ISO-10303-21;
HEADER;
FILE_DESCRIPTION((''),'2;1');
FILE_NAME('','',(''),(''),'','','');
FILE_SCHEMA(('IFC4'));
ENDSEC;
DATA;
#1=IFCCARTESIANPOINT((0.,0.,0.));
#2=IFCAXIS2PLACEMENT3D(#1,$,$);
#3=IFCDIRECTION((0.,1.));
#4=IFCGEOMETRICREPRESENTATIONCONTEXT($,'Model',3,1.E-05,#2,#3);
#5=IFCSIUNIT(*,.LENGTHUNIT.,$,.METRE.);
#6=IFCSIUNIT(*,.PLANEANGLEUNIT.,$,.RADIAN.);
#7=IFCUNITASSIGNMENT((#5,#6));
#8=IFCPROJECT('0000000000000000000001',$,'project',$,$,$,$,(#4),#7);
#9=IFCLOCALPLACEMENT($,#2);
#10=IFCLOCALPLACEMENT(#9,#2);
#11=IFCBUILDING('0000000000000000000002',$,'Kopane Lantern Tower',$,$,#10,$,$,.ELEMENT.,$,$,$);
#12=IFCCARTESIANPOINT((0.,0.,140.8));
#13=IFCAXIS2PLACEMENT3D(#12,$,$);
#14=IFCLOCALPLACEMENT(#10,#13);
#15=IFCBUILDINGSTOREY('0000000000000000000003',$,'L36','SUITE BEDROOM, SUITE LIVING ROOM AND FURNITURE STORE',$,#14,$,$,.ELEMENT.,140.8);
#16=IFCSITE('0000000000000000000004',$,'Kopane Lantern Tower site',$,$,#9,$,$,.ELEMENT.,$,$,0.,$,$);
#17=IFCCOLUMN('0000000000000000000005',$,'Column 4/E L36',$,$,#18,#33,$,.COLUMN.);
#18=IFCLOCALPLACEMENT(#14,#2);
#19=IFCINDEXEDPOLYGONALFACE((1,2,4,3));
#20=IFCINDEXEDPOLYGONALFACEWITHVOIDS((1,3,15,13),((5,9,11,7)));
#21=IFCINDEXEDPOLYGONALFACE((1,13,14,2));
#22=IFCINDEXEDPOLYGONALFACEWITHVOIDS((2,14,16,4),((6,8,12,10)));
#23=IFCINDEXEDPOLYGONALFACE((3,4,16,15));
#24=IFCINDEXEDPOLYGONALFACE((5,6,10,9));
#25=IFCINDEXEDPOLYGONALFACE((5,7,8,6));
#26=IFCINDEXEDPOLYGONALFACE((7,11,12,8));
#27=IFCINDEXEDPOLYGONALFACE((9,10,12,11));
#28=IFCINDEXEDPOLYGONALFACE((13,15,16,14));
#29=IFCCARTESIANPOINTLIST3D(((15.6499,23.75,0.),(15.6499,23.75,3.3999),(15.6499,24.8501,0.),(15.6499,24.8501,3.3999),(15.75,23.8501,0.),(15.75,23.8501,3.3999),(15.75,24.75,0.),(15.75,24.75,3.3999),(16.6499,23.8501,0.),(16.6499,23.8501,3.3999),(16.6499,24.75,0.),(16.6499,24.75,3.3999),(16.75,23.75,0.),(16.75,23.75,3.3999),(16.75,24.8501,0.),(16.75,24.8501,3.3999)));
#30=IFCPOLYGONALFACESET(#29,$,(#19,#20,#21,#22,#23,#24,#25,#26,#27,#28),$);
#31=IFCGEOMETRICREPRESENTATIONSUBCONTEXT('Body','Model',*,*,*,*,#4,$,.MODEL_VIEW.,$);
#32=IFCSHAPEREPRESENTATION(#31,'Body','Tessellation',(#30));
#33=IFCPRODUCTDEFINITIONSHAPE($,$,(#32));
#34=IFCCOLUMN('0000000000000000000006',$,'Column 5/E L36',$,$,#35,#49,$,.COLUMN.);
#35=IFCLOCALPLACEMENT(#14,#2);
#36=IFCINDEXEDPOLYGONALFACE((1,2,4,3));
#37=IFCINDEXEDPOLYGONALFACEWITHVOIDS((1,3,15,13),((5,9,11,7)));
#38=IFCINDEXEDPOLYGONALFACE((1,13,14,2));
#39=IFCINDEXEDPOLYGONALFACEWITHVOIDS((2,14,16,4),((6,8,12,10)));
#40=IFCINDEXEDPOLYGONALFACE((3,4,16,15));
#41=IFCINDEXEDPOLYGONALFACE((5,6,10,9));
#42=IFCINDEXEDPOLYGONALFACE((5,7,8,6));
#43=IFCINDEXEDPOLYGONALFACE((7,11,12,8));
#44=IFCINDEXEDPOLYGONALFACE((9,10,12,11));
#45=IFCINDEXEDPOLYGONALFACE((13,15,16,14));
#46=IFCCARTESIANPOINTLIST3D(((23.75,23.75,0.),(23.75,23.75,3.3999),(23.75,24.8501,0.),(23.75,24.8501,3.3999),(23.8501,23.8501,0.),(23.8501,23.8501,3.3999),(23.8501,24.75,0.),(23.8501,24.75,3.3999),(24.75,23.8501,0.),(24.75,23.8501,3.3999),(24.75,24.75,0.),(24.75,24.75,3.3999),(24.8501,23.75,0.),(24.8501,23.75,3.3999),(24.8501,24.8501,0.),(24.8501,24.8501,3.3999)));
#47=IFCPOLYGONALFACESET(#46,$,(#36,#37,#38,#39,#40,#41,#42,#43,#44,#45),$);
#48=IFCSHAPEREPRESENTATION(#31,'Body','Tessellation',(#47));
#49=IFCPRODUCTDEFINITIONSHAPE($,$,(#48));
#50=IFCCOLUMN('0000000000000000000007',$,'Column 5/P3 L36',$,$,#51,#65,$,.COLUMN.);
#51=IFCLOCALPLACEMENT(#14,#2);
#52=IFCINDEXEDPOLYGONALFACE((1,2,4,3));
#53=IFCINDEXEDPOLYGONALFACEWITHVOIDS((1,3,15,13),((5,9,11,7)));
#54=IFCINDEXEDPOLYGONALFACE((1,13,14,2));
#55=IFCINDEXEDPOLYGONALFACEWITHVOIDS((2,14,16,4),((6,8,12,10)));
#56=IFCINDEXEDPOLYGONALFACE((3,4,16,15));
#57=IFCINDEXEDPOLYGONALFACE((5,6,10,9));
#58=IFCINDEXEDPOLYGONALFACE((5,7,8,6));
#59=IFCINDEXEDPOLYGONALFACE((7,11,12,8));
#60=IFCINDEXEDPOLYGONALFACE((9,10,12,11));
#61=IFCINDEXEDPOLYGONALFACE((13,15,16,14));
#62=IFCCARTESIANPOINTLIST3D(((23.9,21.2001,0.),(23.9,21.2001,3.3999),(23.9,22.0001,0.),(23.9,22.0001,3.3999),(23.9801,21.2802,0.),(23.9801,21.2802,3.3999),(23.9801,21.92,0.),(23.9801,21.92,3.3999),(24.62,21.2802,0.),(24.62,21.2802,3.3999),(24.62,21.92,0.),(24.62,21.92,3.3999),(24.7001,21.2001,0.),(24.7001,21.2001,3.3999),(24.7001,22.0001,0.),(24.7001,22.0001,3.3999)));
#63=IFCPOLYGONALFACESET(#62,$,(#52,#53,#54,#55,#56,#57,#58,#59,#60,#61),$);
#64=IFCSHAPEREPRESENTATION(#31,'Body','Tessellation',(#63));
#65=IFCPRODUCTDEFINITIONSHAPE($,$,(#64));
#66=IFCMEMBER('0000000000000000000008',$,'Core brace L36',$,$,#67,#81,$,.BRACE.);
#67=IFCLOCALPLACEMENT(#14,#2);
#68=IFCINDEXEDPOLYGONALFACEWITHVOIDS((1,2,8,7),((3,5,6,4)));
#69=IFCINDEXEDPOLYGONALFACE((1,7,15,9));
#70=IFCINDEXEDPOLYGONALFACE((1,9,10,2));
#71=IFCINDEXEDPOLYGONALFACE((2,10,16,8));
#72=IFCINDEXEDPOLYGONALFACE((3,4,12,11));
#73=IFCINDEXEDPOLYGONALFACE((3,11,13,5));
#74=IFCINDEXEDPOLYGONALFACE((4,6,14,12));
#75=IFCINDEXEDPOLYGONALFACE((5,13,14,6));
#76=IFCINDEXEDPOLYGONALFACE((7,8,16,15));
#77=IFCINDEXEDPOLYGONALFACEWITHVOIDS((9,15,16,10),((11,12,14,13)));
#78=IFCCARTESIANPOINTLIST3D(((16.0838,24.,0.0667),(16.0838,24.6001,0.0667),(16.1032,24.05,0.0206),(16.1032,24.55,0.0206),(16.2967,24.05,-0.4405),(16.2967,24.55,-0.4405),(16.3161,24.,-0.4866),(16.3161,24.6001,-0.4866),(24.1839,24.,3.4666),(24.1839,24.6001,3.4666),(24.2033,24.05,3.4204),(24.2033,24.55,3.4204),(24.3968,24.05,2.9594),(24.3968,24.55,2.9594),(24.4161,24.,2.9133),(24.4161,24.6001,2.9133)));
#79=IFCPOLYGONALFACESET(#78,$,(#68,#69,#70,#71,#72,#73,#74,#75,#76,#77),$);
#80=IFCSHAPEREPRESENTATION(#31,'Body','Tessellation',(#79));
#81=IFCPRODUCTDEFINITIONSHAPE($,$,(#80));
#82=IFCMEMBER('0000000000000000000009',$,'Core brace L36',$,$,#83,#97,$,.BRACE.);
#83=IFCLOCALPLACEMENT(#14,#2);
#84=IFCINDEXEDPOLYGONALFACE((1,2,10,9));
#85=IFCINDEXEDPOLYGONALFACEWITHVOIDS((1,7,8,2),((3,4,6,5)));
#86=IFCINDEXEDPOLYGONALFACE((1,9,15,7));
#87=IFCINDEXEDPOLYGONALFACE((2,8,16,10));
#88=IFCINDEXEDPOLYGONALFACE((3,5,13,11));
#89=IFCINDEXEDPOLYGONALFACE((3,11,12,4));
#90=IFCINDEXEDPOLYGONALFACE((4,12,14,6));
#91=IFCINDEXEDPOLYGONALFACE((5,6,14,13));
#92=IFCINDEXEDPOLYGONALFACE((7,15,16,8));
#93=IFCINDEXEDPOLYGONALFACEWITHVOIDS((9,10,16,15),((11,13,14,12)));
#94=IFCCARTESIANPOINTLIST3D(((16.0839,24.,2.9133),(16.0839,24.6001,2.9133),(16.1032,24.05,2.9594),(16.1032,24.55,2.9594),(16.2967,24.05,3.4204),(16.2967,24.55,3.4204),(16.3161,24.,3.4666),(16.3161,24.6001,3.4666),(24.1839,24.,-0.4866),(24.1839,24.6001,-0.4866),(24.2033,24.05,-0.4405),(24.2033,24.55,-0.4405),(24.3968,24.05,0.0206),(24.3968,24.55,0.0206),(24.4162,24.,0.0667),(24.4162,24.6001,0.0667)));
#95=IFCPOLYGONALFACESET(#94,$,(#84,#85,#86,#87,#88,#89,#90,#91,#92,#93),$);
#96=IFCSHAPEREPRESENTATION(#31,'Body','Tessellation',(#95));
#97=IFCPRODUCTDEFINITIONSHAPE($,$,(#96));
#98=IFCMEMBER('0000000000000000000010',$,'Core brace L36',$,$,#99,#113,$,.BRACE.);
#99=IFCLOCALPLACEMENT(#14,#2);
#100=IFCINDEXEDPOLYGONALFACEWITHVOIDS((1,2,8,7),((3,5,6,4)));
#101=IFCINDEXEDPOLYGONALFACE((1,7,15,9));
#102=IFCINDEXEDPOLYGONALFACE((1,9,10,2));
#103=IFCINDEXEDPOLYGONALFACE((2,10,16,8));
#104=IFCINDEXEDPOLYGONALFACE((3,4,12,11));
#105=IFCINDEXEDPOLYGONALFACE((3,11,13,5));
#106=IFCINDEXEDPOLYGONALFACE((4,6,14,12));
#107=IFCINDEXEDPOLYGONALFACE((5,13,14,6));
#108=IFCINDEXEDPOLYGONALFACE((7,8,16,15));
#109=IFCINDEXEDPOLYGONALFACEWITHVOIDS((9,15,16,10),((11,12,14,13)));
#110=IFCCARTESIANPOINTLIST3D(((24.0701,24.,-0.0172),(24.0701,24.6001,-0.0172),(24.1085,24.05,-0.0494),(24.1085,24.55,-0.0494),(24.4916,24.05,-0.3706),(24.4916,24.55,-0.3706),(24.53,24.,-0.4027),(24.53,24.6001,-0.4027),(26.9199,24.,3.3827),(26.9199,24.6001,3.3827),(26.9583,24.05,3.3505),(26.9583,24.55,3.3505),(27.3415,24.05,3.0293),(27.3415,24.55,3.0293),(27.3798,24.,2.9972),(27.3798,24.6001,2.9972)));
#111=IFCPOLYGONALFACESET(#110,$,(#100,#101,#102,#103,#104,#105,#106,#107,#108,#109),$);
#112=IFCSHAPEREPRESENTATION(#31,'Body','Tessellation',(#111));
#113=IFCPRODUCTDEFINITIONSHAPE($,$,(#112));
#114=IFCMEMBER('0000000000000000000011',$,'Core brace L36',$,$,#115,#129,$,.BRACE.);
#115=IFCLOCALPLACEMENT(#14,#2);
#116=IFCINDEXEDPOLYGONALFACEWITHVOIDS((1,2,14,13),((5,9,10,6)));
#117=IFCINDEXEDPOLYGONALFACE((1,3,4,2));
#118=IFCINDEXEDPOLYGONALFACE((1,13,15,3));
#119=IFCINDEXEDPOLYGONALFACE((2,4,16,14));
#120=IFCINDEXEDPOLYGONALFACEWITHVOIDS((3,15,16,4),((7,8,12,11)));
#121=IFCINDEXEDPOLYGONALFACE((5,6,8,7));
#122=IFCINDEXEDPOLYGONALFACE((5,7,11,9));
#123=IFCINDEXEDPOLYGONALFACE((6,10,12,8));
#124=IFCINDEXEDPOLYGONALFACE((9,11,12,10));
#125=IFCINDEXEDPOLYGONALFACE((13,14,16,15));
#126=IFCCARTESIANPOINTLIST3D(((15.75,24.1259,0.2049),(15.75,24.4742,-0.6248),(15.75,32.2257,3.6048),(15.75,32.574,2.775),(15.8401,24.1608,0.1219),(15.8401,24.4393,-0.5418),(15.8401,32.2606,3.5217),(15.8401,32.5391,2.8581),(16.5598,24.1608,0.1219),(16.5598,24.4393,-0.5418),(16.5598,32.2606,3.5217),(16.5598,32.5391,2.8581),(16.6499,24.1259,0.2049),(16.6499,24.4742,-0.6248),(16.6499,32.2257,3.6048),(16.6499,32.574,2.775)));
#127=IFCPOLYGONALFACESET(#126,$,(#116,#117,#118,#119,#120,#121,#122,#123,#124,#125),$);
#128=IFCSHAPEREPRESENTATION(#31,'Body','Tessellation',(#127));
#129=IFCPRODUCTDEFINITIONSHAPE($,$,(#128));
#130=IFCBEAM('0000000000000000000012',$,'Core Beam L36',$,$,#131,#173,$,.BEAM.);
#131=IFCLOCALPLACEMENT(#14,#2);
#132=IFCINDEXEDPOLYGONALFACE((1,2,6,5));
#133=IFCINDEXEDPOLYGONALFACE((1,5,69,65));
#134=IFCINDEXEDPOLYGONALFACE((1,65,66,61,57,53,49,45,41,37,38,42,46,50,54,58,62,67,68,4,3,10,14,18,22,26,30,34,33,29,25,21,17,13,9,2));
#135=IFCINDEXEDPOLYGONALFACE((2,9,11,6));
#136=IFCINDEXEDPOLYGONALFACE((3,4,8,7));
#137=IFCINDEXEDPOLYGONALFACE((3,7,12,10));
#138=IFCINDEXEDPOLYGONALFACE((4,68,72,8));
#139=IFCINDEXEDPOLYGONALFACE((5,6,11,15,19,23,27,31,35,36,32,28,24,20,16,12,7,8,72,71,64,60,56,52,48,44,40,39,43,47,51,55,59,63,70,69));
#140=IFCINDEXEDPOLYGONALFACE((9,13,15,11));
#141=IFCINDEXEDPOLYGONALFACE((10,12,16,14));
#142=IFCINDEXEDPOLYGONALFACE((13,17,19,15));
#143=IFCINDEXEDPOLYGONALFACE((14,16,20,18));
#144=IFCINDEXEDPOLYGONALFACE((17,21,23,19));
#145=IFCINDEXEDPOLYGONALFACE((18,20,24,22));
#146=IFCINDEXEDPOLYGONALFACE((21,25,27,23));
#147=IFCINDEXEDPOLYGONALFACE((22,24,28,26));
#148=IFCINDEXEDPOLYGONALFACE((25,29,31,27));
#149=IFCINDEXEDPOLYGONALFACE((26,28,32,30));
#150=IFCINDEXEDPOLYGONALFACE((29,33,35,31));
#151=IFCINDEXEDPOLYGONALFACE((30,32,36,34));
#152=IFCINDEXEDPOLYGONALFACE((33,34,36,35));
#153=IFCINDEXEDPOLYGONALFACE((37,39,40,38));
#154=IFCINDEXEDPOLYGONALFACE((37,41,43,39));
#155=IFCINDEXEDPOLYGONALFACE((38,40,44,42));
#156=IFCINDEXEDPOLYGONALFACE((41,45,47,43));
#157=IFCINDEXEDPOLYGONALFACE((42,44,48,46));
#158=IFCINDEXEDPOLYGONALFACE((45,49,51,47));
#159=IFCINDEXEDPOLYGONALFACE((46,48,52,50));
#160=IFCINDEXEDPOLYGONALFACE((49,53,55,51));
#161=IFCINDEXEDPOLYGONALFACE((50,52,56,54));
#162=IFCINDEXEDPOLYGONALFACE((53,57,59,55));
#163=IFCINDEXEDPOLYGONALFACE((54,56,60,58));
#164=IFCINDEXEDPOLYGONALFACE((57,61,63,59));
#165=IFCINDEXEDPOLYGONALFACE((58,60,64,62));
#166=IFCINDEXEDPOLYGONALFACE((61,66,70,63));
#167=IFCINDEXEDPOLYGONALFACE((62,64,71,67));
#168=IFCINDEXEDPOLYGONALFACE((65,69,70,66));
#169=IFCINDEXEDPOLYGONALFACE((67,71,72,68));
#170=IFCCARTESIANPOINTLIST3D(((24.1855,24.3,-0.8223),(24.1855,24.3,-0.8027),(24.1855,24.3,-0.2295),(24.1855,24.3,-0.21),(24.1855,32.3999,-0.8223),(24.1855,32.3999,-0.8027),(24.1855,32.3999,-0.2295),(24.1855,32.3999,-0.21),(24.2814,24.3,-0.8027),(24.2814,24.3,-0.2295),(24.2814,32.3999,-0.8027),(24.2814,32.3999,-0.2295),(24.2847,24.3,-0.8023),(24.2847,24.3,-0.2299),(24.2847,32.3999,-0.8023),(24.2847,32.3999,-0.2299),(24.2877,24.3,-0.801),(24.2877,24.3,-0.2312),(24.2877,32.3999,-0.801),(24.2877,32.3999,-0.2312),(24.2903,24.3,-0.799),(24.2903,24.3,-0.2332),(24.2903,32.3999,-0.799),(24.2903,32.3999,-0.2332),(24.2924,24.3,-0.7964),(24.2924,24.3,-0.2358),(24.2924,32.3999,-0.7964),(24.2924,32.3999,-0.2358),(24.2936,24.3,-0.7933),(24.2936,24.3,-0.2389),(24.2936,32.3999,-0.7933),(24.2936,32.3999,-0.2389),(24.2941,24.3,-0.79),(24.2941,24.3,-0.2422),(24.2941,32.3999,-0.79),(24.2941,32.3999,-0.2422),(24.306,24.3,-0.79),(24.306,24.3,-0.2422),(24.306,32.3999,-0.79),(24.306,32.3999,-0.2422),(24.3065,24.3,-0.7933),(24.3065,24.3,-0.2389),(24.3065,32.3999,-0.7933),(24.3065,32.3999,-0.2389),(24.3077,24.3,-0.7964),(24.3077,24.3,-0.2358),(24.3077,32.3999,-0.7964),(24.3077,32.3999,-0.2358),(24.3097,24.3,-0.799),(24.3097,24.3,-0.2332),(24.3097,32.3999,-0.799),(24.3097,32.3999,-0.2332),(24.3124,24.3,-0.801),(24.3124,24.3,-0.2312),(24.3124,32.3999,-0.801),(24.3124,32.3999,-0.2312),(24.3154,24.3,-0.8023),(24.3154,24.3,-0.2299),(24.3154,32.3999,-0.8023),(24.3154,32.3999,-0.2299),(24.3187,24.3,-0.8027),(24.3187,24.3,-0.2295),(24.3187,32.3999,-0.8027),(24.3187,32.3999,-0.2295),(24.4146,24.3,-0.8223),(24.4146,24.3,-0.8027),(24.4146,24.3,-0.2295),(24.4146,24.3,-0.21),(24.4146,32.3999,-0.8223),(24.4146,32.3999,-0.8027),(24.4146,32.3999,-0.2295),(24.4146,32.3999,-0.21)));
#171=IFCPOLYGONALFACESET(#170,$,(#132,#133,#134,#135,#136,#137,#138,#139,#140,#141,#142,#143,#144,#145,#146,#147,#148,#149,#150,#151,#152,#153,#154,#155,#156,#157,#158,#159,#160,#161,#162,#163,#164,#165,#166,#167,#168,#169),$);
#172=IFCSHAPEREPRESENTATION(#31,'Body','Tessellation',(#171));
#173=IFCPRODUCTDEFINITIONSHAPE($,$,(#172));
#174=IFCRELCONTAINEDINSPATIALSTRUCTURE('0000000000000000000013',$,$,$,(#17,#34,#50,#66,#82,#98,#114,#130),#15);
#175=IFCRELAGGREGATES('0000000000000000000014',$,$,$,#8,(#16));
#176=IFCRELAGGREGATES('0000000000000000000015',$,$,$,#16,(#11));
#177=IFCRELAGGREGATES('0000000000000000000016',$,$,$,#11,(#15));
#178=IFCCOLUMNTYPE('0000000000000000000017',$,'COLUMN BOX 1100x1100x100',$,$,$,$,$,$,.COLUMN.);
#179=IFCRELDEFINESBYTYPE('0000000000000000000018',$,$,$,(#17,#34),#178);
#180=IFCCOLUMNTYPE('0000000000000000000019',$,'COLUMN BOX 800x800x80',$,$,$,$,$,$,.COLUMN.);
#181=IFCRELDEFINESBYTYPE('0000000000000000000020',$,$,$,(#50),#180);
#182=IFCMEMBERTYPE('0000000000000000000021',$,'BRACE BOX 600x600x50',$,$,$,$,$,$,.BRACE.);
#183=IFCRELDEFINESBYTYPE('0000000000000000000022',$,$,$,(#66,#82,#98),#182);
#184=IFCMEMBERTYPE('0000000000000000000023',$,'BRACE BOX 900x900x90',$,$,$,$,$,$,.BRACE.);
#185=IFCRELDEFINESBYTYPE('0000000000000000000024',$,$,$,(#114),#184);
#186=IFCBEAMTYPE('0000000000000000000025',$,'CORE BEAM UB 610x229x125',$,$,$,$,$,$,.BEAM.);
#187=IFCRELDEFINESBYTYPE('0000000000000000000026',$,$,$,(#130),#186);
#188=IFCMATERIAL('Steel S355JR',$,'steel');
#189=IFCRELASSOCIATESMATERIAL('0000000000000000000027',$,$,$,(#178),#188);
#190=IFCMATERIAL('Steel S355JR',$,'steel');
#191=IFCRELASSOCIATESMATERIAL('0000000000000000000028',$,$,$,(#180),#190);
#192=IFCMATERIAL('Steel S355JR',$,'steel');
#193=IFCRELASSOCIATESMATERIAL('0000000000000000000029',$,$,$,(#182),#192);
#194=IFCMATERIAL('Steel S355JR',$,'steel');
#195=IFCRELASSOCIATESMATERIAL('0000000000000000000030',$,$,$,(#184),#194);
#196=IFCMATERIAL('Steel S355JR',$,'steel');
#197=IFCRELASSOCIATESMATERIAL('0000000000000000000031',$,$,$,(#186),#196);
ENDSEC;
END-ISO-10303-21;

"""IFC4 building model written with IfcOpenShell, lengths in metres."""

from ifc_helpers import new_model, si_unit, direction, frame, origin, origin_2d, place, context, subcontext, project, spatial, hollow_rectangle, i_section, extrude, material, material_profile, profile_set, type_object, element, save


model = new_model("IFC4")

# Units and contexts
model_context = context("Model", 3, precision=1e-05, world=origin(), true_north=direction((0.0, 1.0)))
body_context = subcontext(model_context, "Body", "Model", "MODEL_VIEW")
ifc_project = project(units=[si_unit("LENGTHUNIT", "METRE"), si_unit("PLANEANGLEUNIT", "RADIAN")], contexts=[model_context])

# Site, building, storey
site_placement = place(None, origin())
site = spatial("IfcSite", under=ifc_project, at=site_placement, Name="Kopane Lantern Tower site", CompositionType="ELEMENT", RefElevation=0.0)
building_placement = place(site_placement, origin())
building = spatial("IfcBuilding", under=site, at=building_placement, Name="Kopane Lantern Tower", CompositionType="ELEMENT")
storey_placement = place(building_placement, frame((0.0, 0.0, 140.8)))
storey = spatial("IfcBuildingStorey", under=building, at=storey_placement, Name="L36", Description="SUITE BEDROOM, SUITE LIVING ROOM AND FURNITURE STORE", CompositionType="ELEMENT", Elevation=140.8)

# Columns
ifc_material_1 = material(Name="Steel S355JR", Category="steel")
ifc_material_profile_1 = material_profile(ifc_material_1, hollow_rectangle(XDim=1.1001, YDim=1.1001, WallThickness=0.1001, at=origin_2d()), Name="BOX 1100x1100x100")
ifc_profile_set_1 = profile_set([ifc_material_profile_1], Name="Steel S355JR")
column_type_1 = type_object("IfcColumnType", Name="COLUMN BOX 1100x1100x100", PredefinedType="COLUMN", material=ifc_profile_set_1)
for number, where, z_axis, x_axis, name in (
    (1, (16.2, 24.3, 0.0), (0.0, 0.0, 1.0), (1.0, 0.0, 0.0), "Column 4/E L36"),
    (2, (24.3, 24.3, 0.0), (0.0, 0.0, 1.0), (1.0, 0.0, 0.0), "Column 5/E L36"),
):
    element("IfcColumn", number, at=place(storey_placement, frame(where, z_axis=z_axis, x_axis=x_axis)), inside=storey, type_object=column_type_1, Name=name, PredefinedType="COLUMN", context=body_context, shape_type="SweptSolid", body=[
        extrude(hollow_rectangle(XDim=1.1001, YDim=1.1001, WallThickness=0.1001, at=origin_2d()), origin(), (0.0, 0.0, 1.0), 3.3999),
    ])
ifc_material_2 = material(Name="Steel S355JR", Category="steel")
ifc_material_profile_2 = material_profile(ifc_material_2, hollow_rectangle(XDim=0.8, YDim=0.8, WallThickness=0.0801, at=origin_2d()), Name="BOX 800x800x80")
ifc_profile_set_2 = profile_set([ifc_material_profile_2], Name="Steel S355JR")
column_type_2 = type_object("IfcColumnType", Name="COLUMN BOX 800x800x80", PredefinedType="COLUMN", material=ifc_profile_set_2)
column_placement = place(storey_placement, frame((24.3, 21.6001, 0.0), z_axis=(0.0, 0.0, 1.0), x_axis=(1.0, 0.0, 0.0)))
element("IfcColumn", 3, at=column_placement, inside=storey, type_object=column_type_2, Name="Column 5/P3 L36", PredefinedType="COLUMN", context=body_context, shape_type="SweptSolid", body=[
    extrude(hollow_rectangle(XDim=0.8, YDim=0.8, WallThickness=0.0801, at=origin_2d()), origin(), (0.0, 0.0, 1.0), 3.3999),
])

# Members
ifc_material_3 = material(Name="Steel S355JR", Category="steel")
ifc_material_profile_3 = material_profile(ifc_material_3, hollow_rectangle(XDim=0.6001, YDim=0.6001, WallThickness=0.05, at=origin_2d()), Name="BOX 600x600x50")
ifc_profile_set_3 = profile_set([ifc_material_profile_3], Name="Steel S355JR")
member_type_1 = type_object("IfcMemberType", Name="BRACE BOX 600x600x50", PredefinedType="BRACE", material=ifc_profile_set_3)
for number, where, z_axis, x_axis, name in (
    (4, (16.2, 24.3, -0.21), (0.922069, 0.0, 0.387026), (0.0, 1.0, 0.0), "Core brace L36"),
    (5, (24.3, 24.3, -0.21), (-0.922069, 0.0, 0.387026), (0.0, -1.0, 0.0), "Core brace L36"),
):
    element("IfcMember", number, at=place(storey_placement, frame(where, z_axis=z_axis, x_axis=x_axis)), inside=storey, type_object=member_type_1, Name=name, PredefinedType="BRACE", context=body_context, shape_type="SweptSolid", body=[
        extrude(hollow_rectangle(XDim=0.6001, YDim=0.6001, WallThickness=0.05, at=origin_2d()), origin(), (0.0, 0.0, 1.0), 8.7847),
    ])
member_1_placement = place(storey_placement, frame((24.3, 24.3, -0.21), z_axis=(0.64239, 0.0, 0.766378), x_axis=(0.0, 1.0, 0.0)))
element("IfcMember", 6, at=member_1_placement, inside=storey, type_object=member_type_1, Name="Core brace L36", PredefinedType="BRACE", context=body_context, shape_type="SweptSolid", body=[
    extrude(hollow_rectangle(XDim=0.6001, YDim=0.6001, WallThickness=0.05, at=origin_2d()), origin(), (0.0, 0.0, 1.0), 4.4363),
])
ifc_material_4 = material(Name="Steel S355JR", Category="steel")
ifc_material_profile_4 = material_profile(ifc_material_4, hollow_rectangle(XDim=0.8999, YDim=0.8999, WallThickness=0.0901, at=origin_2d()), Name="BOX 900x900x90")
ifc_profile_set_4 = profile_set([ifc_material_profile_4], Name="Steel S355JR")
member_type_2 = type_object("IfcMemberType", Name="BRACE BOX 900x900x90", PredefinedType="BRACE", material=ifc_profile_set_4)
member_2_placement = place(storey_placement, frame((16.2, 24.3, -0.21), z_axis=(0.0, 0.922065, 0.387035), x_axis=(-1.0, 0.0, 0.0)))
element("IfcMember", 7, at=member_2_placement, inside=storey, type_object=member_type_2, Name="Core brace L36", PredefinedType="BRACE", context=body_context, shape_type="SweptSolid", body=[
    extrude(hollow_rectangle(XDim=0.8999, YDim=0.8999, WallThickness=0.0901, at=origin_2d()), origin(), (0.0, 0.0, 1.0), 8.7844),
])

# Beam
ifc_material_5 = material(Name="Steel S355JR", Category="steel")
ifc_material_profile_5 = material_profile(ifc_material_5, i_section(OverallWidth=0.229, OverallDepth=0.6123, WebThickness=0.012, FlangeThickness=0.0195, FilletRadius=0.0127, at=origin_2d()), Name="UB 610x229x125")
ifc_profile_set_5 = profile_set([ifc_material_profile_5], Name="Steel S355JR")
beam_type_1 = type_object("IfcBeamType", Name="CORE BEAM UB 610x229x125", PredefinedType="BEAM", material=ifc_profile_set_5)
beam_1_placement = place(storey_placement, frame((24.3, 24.3, -0.5161), z_axis=(0.0, 1.0, 0.0), x_axis=(-1.0, 0.0, 0.0)))
element("IfcBeam", 8, at=beam_1_placement, inside=storey, type_object=beam_type_1, Name="Core Beam L36", PredefinedType="BEAM", context=body_context, shape_type="SweptSolid", body=[
    extrude(i_section(OverallWidth=0.229, OverallDepth=0.6123, WebThickness=0.012, FlangeThickness=0.0195, FilletRadius=0.0127, at=origin_2d()), origin(), (0.0, 0.0, 1.0), 8.0999),
])

save(model, "model.ifc")
